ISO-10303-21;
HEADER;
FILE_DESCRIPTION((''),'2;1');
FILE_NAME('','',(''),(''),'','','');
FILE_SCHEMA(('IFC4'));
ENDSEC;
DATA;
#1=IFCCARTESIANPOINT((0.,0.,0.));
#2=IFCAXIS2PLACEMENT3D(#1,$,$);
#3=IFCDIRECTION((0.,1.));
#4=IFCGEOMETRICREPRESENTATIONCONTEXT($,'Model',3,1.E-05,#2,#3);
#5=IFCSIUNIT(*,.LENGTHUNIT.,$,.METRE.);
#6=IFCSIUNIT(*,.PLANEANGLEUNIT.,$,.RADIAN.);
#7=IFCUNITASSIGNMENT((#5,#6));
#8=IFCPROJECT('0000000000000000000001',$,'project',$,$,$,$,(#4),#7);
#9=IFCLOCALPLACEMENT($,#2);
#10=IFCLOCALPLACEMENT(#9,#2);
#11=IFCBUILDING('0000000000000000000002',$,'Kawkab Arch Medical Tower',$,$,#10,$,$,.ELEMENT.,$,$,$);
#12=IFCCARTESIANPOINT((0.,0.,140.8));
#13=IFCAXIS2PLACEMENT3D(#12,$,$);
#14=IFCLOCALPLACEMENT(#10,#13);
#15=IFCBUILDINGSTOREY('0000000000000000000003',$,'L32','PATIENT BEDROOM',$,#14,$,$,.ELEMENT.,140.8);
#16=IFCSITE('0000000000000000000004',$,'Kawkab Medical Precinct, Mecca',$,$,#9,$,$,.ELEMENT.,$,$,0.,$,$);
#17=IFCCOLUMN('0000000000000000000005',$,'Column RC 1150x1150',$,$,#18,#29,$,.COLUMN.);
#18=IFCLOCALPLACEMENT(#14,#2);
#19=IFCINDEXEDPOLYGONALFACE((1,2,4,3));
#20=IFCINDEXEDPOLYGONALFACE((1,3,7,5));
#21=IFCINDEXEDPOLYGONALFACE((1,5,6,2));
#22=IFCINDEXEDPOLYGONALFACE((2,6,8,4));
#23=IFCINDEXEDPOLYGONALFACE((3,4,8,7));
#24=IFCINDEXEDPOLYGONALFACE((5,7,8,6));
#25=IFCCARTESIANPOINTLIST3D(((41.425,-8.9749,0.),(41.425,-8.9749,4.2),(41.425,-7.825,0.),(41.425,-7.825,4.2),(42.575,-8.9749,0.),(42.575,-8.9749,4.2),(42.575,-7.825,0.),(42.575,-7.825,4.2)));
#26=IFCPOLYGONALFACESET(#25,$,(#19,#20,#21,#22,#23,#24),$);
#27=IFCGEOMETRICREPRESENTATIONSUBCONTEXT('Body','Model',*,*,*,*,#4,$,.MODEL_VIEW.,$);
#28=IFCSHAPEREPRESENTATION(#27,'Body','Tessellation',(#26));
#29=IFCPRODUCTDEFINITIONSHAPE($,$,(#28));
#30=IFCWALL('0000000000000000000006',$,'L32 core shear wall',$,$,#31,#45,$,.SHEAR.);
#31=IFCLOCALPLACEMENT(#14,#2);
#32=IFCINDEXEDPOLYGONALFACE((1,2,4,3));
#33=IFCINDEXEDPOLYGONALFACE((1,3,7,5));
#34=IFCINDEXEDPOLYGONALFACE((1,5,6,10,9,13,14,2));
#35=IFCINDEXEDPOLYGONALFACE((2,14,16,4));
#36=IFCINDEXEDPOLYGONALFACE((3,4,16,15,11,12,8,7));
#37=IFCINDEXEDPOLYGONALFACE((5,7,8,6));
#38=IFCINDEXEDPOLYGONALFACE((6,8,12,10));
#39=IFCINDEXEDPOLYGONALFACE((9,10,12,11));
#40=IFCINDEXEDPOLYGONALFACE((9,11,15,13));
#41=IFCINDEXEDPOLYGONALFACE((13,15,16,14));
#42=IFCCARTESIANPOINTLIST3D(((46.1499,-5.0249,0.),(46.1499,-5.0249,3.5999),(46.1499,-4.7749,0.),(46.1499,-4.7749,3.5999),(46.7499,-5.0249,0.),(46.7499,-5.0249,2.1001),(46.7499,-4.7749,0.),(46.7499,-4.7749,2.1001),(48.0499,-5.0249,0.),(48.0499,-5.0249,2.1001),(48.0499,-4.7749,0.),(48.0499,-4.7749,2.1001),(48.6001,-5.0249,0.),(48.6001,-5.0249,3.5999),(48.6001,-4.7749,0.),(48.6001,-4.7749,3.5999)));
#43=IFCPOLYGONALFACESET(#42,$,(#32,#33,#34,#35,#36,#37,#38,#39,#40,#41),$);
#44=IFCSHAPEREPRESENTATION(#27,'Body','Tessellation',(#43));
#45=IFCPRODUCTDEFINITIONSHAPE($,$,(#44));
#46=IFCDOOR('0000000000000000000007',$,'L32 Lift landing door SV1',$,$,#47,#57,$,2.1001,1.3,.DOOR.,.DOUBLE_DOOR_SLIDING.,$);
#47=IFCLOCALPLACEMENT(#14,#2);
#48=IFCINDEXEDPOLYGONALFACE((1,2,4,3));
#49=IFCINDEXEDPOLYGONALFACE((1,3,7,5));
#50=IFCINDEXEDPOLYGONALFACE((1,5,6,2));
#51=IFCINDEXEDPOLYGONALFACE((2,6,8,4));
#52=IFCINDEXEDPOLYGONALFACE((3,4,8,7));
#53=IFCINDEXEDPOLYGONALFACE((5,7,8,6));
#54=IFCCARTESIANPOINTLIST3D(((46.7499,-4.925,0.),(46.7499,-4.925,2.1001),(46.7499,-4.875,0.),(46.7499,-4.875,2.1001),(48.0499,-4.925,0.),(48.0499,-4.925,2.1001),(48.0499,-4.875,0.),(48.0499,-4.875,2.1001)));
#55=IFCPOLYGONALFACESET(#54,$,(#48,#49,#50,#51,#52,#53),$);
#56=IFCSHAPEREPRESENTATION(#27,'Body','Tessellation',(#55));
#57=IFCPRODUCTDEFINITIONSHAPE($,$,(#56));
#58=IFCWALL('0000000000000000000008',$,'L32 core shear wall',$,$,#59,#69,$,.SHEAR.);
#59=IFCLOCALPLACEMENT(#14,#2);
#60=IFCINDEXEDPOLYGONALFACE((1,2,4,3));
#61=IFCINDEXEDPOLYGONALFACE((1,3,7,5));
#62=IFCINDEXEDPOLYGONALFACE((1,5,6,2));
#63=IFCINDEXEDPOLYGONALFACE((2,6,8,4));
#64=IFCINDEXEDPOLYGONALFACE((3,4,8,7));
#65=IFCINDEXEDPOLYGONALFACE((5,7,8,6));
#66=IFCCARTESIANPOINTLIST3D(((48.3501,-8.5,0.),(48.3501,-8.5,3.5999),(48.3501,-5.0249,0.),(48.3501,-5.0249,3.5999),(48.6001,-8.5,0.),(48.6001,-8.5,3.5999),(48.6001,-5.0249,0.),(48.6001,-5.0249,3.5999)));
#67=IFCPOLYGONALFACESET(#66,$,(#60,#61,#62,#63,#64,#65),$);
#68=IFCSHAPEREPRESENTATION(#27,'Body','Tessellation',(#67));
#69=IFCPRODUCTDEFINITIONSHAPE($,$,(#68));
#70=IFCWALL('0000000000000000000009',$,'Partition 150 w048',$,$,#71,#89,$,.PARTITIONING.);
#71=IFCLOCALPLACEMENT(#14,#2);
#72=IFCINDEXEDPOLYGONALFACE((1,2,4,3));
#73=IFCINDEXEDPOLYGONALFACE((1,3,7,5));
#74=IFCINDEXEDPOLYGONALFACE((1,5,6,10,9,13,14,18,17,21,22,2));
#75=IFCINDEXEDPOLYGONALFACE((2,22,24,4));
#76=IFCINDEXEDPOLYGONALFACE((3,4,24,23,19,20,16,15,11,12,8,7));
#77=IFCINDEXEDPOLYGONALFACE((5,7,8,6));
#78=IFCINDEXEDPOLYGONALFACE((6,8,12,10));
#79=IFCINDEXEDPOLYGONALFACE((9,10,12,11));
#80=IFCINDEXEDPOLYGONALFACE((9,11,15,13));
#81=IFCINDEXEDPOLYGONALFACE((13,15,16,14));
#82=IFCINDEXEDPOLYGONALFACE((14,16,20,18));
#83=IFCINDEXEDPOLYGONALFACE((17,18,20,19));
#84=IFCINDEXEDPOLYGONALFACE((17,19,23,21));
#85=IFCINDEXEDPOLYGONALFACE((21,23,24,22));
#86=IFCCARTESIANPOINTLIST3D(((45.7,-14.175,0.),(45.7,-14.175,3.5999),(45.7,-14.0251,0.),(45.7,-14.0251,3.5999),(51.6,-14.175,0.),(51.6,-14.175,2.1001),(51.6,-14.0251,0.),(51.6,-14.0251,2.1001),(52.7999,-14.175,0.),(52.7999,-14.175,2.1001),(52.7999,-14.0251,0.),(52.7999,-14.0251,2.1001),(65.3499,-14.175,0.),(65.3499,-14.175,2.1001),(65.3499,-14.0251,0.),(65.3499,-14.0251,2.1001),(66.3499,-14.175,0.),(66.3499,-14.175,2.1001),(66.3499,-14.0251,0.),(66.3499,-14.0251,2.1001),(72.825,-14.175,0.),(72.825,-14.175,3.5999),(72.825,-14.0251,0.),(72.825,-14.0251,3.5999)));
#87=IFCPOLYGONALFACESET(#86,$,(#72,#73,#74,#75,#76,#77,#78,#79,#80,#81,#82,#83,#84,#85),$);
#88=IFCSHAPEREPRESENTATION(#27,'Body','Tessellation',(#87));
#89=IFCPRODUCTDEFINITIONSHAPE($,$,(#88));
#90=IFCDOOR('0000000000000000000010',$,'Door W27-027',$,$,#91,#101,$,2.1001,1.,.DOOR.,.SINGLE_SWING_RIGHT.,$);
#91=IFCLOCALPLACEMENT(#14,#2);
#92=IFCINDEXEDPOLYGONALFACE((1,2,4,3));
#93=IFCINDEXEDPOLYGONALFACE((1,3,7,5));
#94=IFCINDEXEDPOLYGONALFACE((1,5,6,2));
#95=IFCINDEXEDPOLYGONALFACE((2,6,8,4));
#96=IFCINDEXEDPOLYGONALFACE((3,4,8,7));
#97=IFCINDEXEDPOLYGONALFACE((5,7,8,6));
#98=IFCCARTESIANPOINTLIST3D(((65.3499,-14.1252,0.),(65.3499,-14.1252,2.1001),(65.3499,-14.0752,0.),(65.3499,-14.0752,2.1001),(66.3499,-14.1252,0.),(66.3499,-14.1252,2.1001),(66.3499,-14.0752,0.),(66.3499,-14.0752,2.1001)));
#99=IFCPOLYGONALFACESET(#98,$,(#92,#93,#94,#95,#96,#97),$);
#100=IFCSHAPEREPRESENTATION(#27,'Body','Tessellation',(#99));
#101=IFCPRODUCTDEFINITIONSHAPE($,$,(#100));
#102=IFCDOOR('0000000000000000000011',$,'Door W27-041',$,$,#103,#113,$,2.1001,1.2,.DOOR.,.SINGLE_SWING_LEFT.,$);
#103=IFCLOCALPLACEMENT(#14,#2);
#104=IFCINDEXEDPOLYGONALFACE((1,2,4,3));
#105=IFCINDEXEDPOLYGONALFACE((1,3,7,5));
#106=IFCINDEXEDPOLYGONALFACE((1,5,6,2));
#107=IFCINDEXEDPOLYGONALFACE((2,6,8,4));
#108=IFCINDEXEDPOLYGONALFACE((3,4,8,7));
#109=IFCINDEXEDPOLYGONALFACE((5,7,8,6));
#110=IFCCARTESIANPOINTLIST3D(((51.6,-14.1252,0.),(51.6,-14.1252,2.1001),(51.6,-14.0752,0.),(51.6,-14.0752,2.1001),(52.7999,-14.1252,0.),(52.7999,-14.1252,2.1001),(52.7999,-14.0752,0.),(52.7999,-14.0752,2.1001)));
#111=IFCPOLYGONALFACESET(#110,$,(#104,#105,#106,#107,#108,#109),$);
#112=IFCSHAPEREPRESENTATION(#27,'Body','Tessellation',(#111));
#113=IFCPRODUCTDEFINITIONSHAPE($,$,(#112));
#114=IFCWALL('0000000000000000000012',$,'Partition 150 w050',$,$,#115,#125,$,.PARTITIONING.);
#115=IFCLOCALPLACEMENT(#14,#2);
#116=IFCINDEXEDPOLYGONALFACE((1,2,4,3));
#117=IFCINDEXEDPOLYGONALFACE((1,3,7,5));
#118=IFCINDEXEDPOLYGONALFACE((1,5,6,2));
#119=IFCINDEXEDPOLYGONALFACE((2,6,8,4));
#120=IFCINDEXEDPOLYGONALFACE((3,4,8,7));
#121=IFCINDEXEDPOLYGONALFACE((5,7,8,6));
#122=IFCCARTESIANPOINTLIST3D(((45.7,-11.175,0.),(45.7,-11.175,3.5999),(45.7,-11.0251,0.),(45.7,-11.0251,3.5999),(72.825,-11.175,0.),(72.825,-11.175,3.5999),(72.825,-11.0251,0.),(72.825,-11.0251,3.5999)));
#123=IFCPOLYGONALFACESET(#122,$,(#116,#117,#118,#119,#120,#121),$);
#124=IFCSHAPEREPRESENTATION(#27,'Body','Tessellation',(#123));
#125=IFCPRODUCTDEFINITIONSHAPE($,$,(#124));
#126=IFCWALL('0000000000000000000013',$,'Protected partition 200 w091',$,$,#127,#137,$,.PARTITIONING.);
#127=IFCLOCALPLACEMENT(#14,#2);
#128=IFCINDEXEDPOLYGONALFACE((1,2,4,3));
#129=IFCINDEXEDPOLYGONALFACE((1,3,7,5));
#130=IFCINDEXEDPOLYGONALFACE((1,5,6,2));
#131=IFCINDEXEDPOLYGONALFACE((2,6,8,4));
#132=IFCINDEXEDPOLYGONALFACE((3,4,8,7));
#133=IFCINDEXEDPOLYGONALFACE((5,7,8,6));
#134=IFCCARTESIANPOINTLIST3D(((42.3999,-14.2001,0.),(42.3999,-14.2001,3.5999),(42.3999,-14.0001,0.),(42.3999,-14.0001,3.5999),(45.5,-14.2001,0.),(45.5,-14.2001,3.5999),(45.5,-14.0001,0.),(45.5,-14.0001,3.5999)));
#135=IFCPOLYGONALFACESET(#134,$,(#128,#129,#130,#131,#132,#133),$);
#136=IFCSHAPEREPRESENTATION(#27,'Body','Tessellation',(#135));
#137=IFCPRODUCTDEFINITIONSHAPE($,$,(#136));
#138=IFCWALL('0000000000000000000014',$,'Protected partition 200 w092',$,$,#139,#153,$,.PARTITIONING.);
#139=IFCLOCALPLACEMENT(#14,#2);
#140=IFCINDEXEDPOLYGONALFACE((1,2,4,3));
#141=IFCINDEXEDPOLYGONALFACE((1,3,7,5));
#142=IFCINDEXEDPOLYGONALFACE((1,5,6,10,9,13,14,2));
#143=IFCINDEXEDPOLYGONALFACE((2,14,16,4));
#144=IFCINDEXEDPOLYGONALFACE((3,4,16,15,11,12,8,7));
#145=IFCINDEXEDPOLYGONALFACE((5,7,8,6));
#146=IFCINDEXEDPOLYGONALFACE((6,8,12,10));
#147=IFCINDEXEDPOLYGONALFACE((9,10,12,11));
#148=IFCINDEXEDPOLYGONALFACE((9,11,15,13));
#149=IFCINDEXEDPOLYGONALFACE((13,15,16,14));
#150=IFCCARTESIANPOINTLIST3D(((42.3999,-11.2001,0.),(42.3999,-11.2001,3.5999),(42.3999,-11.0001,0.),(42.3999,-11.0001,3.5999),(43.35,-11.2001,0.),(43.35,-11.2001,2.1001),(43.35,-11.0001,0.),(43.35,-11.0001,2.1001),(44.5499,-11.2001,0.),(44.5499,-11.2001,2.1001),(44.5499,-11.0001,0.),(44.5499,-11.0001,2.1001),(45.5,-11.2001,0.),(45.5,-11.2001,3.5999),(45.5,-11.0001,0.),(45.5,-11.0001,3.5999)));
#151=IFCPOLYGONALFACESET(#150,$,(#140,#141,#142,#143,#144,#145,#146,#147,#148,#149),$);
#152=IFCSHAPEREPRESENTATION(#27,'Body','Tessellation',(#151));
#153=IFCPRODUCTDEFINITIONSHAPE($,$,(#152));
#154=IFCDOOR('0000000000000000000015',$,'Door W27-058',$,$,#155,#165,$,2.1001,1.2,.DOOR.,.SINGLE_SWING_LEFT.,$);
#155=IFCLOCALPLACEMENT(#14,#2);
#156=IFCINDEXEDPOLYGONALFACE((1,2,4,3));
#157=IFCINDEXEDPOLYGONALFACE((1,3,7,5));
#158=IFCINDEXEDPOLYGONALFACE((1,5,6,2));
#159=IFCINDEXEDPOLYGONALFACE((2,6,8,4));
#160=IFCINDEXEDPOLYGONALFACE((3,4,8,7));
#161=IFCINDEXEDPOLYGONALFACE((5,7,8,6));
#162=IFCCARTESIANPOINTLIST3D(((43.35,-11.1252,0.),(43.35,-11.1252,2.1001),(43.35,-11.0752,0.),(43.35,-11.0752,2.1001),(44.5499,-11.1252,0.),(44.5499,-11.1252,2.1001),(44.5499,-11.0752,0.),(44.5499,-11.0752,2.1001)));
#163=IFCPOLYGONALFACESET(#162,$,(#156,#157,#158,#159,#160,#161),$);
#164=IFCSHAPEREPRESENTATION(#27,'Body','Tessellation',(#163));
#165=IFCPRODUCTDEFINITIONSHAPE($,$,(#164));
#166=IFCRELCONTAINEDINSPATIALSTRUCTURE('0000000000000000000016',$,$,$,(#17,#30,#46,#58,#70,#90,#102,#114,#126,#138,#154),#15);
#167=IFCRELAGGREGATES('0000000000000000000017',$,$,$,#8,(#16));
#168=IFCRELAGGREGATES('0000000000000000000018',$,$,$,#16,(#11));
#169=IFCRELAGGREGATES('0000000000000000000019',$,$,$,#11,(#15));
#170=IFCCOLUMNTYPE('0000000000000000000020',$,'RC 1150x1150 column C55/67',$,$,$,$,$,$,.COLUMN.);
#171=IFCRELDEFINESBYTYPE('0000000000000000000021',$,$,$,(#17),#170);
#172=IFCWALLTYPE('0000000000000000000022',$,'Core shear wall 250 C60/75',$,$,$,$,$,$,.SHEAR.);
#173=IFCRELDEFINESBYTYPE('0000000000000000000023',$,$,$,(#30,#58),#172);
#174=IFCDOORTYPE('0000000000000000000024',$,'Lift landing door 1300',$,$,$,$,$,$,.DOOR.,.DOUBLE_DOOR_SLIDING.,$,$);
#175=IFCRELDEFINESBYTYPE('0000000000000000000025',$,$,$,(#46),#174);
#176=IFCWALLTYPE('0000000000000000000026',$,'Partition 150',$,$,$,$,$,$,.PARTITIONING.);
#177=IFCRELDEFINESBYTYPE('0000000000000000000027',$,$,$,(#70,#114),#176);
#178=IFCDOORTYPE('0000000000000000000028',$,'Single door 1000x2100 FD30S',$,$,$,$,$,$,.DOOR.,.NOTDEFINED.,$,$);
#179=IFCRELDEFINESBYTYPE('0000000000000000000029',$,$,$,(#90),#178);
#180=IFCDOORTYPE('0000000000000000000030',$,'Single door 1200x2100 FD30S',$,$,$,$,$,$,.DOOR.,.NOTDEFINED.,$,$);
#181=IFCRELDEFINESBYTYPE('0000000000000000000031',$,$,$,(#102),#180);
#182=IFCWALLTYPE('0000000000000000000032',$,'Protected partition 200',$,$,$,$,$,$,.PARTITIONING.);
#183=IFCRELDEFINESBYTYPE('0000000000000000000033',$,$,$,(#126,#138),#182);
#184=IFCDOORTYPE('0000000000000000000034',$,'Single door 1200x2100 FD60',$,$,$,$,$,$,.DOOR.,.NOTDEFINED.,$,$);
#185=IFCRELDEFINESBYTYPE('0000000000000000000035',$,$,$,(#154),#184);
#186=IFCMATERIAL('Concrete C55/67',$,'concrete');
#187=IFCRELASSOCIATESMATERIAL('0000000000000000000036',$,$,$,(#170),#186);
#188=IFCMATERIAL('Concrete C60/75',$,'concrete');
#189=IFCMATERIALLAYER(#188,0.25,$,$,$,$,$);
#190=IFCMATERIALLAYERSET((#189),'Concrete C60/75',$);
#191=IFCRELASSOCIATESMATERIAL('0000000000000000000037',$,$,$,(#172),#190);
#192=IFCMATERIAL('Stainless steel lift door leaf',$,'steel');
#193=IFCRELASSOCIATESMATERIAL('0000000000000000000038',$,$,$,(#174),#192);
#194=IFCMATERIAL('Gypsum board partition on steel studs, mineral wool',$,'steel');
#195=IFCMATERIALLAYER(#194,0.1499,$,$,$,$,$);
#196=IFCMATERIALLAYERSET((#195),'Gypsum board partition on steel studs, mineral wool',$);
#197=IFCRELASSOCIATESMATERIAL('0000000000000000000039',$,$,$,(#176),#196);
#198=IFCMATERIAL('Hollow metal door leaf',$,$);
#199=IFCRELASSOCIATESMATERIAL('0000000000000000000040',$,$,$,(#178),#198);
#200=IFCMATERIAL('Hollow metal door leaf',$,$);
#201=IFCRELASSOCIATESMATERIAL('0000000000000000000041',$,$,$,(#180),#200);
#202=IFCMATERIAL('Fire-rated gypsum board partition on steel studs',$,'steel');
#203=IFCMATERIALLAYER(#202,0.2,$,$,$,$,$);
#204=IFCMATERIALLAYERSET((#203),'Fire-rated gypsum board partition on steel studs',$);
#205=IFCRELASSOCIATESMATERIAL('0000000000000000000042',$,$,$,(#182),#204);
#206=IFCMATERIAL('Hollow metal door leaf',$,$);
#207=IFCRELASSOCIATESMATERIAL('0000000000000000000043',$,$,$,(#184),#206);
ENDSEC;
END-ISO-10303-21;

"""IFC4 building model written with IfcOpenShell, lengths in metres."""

from ifc_helpers import new_model, si_unit, direction, frame, frame_2d, origin, origin_2d, place, context, subcontext, project, spatial, rectangle, extrude, material, layer, layer_set, material_profile, profile_set, type_object, element, fill, save


model = new_model("IFC4")

# Units and contexts
model_context = context("Model", 3, precision=1e-05, world=origin(), true_north=direction((0.0, 1.0)))
body_context = subcontext(model_context, "Body", "Model", "MODEL_VIEW")
ifc_project = project(units=[si_unit("LENGTHUNIT", "METRE"), si_unit("PLANEANGLEUNIT", "RADIAN")], contexts=[model_context])

# Site, building, storey
site_placement = place(None, origin())
site = spatial("IfcSite", under=ifc_project, at=site_placement, Name="Kawkab Medical Precinct, Mecca", CompositionType="ELEMENT", RefElevation=0.0)
building_placement = place(site_placement, origin())
building = spatial("IfcBuilding", under=site, at=building_placement, Name="Kawkab Arch Medical Tower", CompositionType="ELEMENT")
storey_placement = place(building_placement, frame((0.0, 0.0, 140.8)))
storey = spatial("IfcBuildingStorey", under=building, at=storey_placement, Name="L32", Description="PATIENT BEDROOM", CompositionType="ELEMENT", Elevation=140.8)

# Column
ifc_material_1 = material(Name="Concrete C55/67", Category="concrete")
ifc_material_profile = material_profile(ifc_material_1, rectangle(XDim=1.1499, YDim=1.1499, at=origin_2d()), Name="RC 1150x1150")
ifc_profile_set = profile_set([ifc_material_profile], Name="Concrete C55/67")
column_type = type_object("IfcColumnType", Name="RC 1150x1150 column C55/67", PredefinedType="COLUMN", material=ifc_profile_set)
column_placement = place(storey_placement, frame((42.0, -8.3999, 0.0), z_axis=(0.0, 0.0, 1.0), x_axis=(1.0, 0.0, 0.0)))
element("IfcColumn", 1, at=column_placement, inside=storey, type_object=column_type, Name="Column RC 1150x1150", PredefinedType="COLUMN", context=body_context, shape_type="SweptSolid", body=[
    extrude(rectangle(XDim=1.1499, YDim=1.1499, at=origin_2d()), origin(), (0.0, 0.0, 1.0), 4.2),
])

# Wall, opening, door
ifc_material_2 = material(Name="Concrete C60/75", Category="concrete")
ifc_layer_1 = layer(ifc_material_2, 0.25)
ifc_layer_set_1 = layer_set([ifc_layer_1], Name="Concrete C60/75")
wall_type_1 = type_object("IfcWallType", Name="Core shear wall 250 C60/75", PredefinedType="SHEAR", material=ifc_layer_set_1)
wall_1_placement = place(storey_placement, frame((46.1499, -4.8999, 0.0), z_axis=(0.0, 0.0, 1.0), x_axis=(1.0, 0.0, 0.0)))
wall_1 = element("IfcWall", 2, at=wall_1_placement, inside=storey, type_object=wall_type_1, Name="L32 core shear wall", PredefinedType="SHEAR", context=body_context, shape_type="SweptSolid", body=[
    extrude(rectangle(XDim=2.4502, YDim=0.25, at=frame_2d((1.2251, 0.0))), origin(), (0.0, 0.0, 1.0), 3.5999),
])
opening_1_placement = place(wall_1_placement, frame((0.6001, 0.0, 0.0)))
opening_1 = element("IfcOpeningElement", 3, at=opening_1_placement, cuts=wall_1, PredefinedType="OPENING", context=body_context, shape_type="SweptSolid", body=[
    extrude(rectangle(XDim=1.3, YDim=2.1001, at=frame_2d((0.6499, 1.05))), frame((0.0, 0.135, 0.0), z_axis=(0.0, -1.0, 0.0), x_axis=(1.0, 0.0, 0.0)), (0.0, 0.0, 1.0), 0.27),
])
ifc_material_3 = material(Name="Stainless steel lift door leaf", Category="steel")
door_type_1 = type_object("IfcDoorType", Name="Lift landing door 1300", OperationType="DOUBLE_DOOR_SLIDING", PredefinedType="DOOR", material=ifc_material_3)
door_1_placement = place(opening_1_placement, origin())
door_1 = element("IfcDoor", 4, at=door_1_placement, inside=storey, type_object=door_type_1, Name="L32 Lift landing door SV1", OperationType="DOUBLE_DOOR_SLIDING", OverallHeight=2.1001, OverallWidth=1.3, PredefinedType="DOOR", context=body_context, shape_type="SweptSolid", body=[
    extrude(rectangle(XDim=1.3, YDim=2.1001, at=frame_2d((0.6499, 1.05))), frame((0.0, 0.0249, 0.0), z_axis=(0.0, -1.0, 0.0), x_axis=(1.0, 0.0, 0.0)), (0.0, 0.0, 1.0), 0.05),
])
fill(opening_1, door_1)

# Wall
wall_2_placement = place(storey_placement, frame((48.4751, -8.5, 0.0), z_axis=(0.0, 0.0, 1.0), x_axis=(0.0, 1.0, 0.0)))
element("IfcWall", 5, at=wall_2_placement, inside=storey, type_object=wall_type_1, Name="L32 core shear wall", PredefinedType="SHEAR", context=body_context, shape_type="SweptSolid", body=[
    extrude(rectangle(XDim=3.4751, YDim=0.25, at=frame_2d((1.7375, 0.0))), origin(), (0.0, 0.0, 1.0), 3.5999),
])

# Wall, openings, doors
ifc_material_4 = material(Name="Gypsum board partition on steel studs, mineral wool", Category="steel")
ifc_layer_2 = layer(ifc_material_4, 0.1499)
ifc_layer_set_2 = layer_set([ifc_layer_2], Name="Gypsum board partition on steel studs, mineral wool")
wall_type_2 = type_object("IfcWallType", Name="Partition 150", PredefinedType="PARTITIONING", material=ifc_layer_set_2)
wall_3_placement = place(storey_placement, frame((45.7, -14.1001, 0.0), z_axis=(0.0, 0.0, 1.0), x_axis=(1.0, 0.0, 0.0)))
wall_3 = element("IfcWall", 6, at=wall_3_placement, inside=storey, type_object=wall_type_2, Name="Partition 150 w048", PredefinedType="PARTITIONING", context=body_context, shape_type="SweptSolid", body=[
    extrude(rectangle(XDim=27.125, YDim=0.1499, at=frame_2d((13.5625, 0.0))), origin(), (0.0, 0.0, 1.0), 3.5999),
])
opening_2_placement = place(wall_3_placement, frame((5.8999, 0.0, 0.0)))
opening_2 = element("IfcOpeningElement", 7, at=opening_2_placement, cuts=wall_3, PredefinedType="OPENING", context=body_context, shape_type="SweptSolid", body=[
    extrude(rectangle(XDim=1.2, YDim=2.1001, at=frame_2d((0.6001, 1.05))), frame((0.0, 0.085, 0.0), z_axis=(0.0, -1.0, 0.0), x_axis=(1.0, 0.0, 0.0)), (0.0, 0.0, 1.0), 0.1699),
])
opening_3_placement = place(wall_3_placement, frame((19.6499, 0.0, 0.0)))
opening_3 = element("IfcOpeningElement", 8, at=opening_3_placement, cuts=wall_3, PredefinedType="OPENING", context=body_context, shape_type="SweptSolid", body=[
    extrude(rectangle(XDim=1.0, YDim=2.1001, at=frame_2d((0.5, 1.05))), frame((0.0, 0.085, 0.0), z_axis=(0.0, -1.0, 0.0), x_axis=(1.0, 0.0, 0.0)), (0.0, 0.0, 1.0), 0.1699),
])
ifc_material_5 = material(Name="Hollow metal door leaf")
door_type_2 = type_object("IfcDoorType", Name="Single door 1000x2100 FD30S", OperationType="NOTDEFINED", PredefinedType="DOOR", material=ifc_material_5)
door_2_placement = place(opening_3_placement, origin())
door_2 = element("IfcDoor", 9, at=door_2_placement, inside=storey, type_object=door_type_2, Name="Door W27-027", OperationType="SINGLE_SWING_RIGHT", OverallHeight=2.1001, OverallWidth=1.0, PredefinedType="DOOR", context=body_context, shape_type="SweptSolid", body=[
    extrude(rectangle(XDim=1.0, YDim=2.1001, at=frame_2d((0.5, 1.05))), frame((0.0, 0.0249, 0.0), z_axis=(0.0, -1.0, 0.0), x_axis=(1.0, 0.0, 0.0)), (0.0, 0.0, 1.0), 0.05),
])
fill(opening_3, door_2)
ifc_material_6 = material(Name="Hollow metal door leaf")
door_type_3 = type_object("IfcDoorType", Name="Single door 1200x2100 FD30S", OperationType="NOTDEFINED", PredefinedType="DOOR", material=ifc_material_6)
door_3_placement = place(opening_2_placement, origin())
door_3 = element("IfcDoor", 10, at=door_3_placement, inside=storey, type_object=door_type_3, Name="Door W27-041", OperationType="SINGLE_SWING_LEFT", OverallHeight=2.1001, OverallWidth=1.2, PredefinedType="DOOR", context=body_context, shape_type="SweptSolid", body=[
    extrude(rectangle(XDim=1.2, YDim=2.1001, at=frame_2d((0.6001, 1.05))), frame((0.0, 0.0249, 0.0), z_axis=(0.0, -1.0, 0.0), x_axis=(1.0, 0.0, 0.0)), (0.0, 0.0, 1.0), 0.05),
])
fill(opening_2, door_3)

# Walls
wall_4_placement = place(storey_placement, frame((45.7, -11.1001, 0.0), z_axis=(0.0, 0.0, 1.0), x_axis=(1.0, 0.0, 0.0)))
element("IfcWall", 11, at=wall_4_placement, inside=storey, type_object=wall_type_2, Name="Partition 150 w050", PredefinedType="PARTITIONING", context=body_context, shape_type="SweptSolid", body=[
    extrude(rectangle(XDim=27.125, YDim=0.1499, at=frame_2d((13.5625, 0.0))), origin(), (0.0, 0.0, 1.0), 3.5999),
])
ifc_material_7 = material(Name="Fire-rated gypsum board partition on steel studs", Category="steel")
ifc_layer_3 = layer(ifc_material_7, 0.2)
ifc_layer_set_3 = layer_set([ifc_layer_3], Name="Fire-rated gypsum board partition on steel studs")
wall_type_3 = type_object("IfcWallType", Name="Protected partition 200", PredefinedType="PARTITIONING", material=ifc_layer_set_3)
wall_5_placement = place(storey_placement, frame((42.3999, -14.1001, 0.0), z_axis=(0.0, 0.0, 1.0), x_axis=(1.0, 0.0, 0.0)))
element("IfcWall", 12, at=wall_5_placement, inside=storey, type_object=wall_type_3, Name="Protected partition 200 w091", PredefinedType="PARTITIONING", context=body_context, shape_type="SweptSolid", body=[
    extrude(rectangle(XDim=3.1001, YDim=0.2, at=frame_2d((1.55, 0.0))), origin(), (0.0, 0.0, 1.0), 3.5999),
])

# Wall, opening, door
wall_6_placement = place(storey_placement, frame((42.3999, -11.1001, 0.0), z_axis=(0.0, 0.0, 1.0), x_axis=(1.0, 0.0, 0.0)))
wall_6 = element("IfcWall", 13, at=wall_6_placement, inside=storey, type_object=wall_type_3, Name="Protected partition 200 w092", PredefinedType="PARTITIONING", context=body_context, shape_type="SweptSolid", body=[
    extrude(rectangle(XDim=3.1001, YDim=0.2, at=frame_2d((1.55, 0.0))), origin(), (0.0, 0.0, 1.0), 3.5999),
])
opening_4_placement = place(wall_6_placement, frame((0.95, 0.0, 0.0)))
opening_4 = element("IfcOpeningElement", 14, at=opening_4_placement, cuts=wall_6, PredefinedType="OPENING", context=body_context, shape_type="SweptSolid", body=[
    extrude(rectangle(XDim=1.2, YDim=2.1001, at=frame_2d((0.6001, 1.05))), frame((0.0, 0.1099, 0.0), z_axis=(0.0, -1.0, 0.0), x_axis=(1.0, 0.0, 0.0)), (0.0, 0.0, 1.0), 0.22),
])
ifc_material_8 = material(Name="Hollow metal door leaf")
door_type_4 = type_object("IfcDoorType", Name="Single door 1200x2100 FD60", OperationType="NOTDEFINED", PredefinedType="DOOR", material=ifc_material_8)
door_4_placement = place(opening_4_placement, origin())
door_4 = element("IfcDoor", 15, at=door_4_placement, inside=storey, type_object=door_type_4, Name="Door W27-058", OperationType="SINGLE_SWING_LEFT", OverallHeight=2.1001, OverallWidth=1.2, PredefinedType="DOOR", context=body_context, shape_type="SweptSolid", body=[
    extrude(rectangle(XDim=1.2, YDim=2.1001, at=frame_2d((0.6001, 1.05))), frame((0.0, 0.0249, 0.0), z_axis=(0.0, -1.0, 0.0), x_axis=(1.0, 0.0, 0.0)), (0.0, 0.0, 1.0), 0.05),
])
fill(opening_4, door_4)

save(model, "model.ifc")
